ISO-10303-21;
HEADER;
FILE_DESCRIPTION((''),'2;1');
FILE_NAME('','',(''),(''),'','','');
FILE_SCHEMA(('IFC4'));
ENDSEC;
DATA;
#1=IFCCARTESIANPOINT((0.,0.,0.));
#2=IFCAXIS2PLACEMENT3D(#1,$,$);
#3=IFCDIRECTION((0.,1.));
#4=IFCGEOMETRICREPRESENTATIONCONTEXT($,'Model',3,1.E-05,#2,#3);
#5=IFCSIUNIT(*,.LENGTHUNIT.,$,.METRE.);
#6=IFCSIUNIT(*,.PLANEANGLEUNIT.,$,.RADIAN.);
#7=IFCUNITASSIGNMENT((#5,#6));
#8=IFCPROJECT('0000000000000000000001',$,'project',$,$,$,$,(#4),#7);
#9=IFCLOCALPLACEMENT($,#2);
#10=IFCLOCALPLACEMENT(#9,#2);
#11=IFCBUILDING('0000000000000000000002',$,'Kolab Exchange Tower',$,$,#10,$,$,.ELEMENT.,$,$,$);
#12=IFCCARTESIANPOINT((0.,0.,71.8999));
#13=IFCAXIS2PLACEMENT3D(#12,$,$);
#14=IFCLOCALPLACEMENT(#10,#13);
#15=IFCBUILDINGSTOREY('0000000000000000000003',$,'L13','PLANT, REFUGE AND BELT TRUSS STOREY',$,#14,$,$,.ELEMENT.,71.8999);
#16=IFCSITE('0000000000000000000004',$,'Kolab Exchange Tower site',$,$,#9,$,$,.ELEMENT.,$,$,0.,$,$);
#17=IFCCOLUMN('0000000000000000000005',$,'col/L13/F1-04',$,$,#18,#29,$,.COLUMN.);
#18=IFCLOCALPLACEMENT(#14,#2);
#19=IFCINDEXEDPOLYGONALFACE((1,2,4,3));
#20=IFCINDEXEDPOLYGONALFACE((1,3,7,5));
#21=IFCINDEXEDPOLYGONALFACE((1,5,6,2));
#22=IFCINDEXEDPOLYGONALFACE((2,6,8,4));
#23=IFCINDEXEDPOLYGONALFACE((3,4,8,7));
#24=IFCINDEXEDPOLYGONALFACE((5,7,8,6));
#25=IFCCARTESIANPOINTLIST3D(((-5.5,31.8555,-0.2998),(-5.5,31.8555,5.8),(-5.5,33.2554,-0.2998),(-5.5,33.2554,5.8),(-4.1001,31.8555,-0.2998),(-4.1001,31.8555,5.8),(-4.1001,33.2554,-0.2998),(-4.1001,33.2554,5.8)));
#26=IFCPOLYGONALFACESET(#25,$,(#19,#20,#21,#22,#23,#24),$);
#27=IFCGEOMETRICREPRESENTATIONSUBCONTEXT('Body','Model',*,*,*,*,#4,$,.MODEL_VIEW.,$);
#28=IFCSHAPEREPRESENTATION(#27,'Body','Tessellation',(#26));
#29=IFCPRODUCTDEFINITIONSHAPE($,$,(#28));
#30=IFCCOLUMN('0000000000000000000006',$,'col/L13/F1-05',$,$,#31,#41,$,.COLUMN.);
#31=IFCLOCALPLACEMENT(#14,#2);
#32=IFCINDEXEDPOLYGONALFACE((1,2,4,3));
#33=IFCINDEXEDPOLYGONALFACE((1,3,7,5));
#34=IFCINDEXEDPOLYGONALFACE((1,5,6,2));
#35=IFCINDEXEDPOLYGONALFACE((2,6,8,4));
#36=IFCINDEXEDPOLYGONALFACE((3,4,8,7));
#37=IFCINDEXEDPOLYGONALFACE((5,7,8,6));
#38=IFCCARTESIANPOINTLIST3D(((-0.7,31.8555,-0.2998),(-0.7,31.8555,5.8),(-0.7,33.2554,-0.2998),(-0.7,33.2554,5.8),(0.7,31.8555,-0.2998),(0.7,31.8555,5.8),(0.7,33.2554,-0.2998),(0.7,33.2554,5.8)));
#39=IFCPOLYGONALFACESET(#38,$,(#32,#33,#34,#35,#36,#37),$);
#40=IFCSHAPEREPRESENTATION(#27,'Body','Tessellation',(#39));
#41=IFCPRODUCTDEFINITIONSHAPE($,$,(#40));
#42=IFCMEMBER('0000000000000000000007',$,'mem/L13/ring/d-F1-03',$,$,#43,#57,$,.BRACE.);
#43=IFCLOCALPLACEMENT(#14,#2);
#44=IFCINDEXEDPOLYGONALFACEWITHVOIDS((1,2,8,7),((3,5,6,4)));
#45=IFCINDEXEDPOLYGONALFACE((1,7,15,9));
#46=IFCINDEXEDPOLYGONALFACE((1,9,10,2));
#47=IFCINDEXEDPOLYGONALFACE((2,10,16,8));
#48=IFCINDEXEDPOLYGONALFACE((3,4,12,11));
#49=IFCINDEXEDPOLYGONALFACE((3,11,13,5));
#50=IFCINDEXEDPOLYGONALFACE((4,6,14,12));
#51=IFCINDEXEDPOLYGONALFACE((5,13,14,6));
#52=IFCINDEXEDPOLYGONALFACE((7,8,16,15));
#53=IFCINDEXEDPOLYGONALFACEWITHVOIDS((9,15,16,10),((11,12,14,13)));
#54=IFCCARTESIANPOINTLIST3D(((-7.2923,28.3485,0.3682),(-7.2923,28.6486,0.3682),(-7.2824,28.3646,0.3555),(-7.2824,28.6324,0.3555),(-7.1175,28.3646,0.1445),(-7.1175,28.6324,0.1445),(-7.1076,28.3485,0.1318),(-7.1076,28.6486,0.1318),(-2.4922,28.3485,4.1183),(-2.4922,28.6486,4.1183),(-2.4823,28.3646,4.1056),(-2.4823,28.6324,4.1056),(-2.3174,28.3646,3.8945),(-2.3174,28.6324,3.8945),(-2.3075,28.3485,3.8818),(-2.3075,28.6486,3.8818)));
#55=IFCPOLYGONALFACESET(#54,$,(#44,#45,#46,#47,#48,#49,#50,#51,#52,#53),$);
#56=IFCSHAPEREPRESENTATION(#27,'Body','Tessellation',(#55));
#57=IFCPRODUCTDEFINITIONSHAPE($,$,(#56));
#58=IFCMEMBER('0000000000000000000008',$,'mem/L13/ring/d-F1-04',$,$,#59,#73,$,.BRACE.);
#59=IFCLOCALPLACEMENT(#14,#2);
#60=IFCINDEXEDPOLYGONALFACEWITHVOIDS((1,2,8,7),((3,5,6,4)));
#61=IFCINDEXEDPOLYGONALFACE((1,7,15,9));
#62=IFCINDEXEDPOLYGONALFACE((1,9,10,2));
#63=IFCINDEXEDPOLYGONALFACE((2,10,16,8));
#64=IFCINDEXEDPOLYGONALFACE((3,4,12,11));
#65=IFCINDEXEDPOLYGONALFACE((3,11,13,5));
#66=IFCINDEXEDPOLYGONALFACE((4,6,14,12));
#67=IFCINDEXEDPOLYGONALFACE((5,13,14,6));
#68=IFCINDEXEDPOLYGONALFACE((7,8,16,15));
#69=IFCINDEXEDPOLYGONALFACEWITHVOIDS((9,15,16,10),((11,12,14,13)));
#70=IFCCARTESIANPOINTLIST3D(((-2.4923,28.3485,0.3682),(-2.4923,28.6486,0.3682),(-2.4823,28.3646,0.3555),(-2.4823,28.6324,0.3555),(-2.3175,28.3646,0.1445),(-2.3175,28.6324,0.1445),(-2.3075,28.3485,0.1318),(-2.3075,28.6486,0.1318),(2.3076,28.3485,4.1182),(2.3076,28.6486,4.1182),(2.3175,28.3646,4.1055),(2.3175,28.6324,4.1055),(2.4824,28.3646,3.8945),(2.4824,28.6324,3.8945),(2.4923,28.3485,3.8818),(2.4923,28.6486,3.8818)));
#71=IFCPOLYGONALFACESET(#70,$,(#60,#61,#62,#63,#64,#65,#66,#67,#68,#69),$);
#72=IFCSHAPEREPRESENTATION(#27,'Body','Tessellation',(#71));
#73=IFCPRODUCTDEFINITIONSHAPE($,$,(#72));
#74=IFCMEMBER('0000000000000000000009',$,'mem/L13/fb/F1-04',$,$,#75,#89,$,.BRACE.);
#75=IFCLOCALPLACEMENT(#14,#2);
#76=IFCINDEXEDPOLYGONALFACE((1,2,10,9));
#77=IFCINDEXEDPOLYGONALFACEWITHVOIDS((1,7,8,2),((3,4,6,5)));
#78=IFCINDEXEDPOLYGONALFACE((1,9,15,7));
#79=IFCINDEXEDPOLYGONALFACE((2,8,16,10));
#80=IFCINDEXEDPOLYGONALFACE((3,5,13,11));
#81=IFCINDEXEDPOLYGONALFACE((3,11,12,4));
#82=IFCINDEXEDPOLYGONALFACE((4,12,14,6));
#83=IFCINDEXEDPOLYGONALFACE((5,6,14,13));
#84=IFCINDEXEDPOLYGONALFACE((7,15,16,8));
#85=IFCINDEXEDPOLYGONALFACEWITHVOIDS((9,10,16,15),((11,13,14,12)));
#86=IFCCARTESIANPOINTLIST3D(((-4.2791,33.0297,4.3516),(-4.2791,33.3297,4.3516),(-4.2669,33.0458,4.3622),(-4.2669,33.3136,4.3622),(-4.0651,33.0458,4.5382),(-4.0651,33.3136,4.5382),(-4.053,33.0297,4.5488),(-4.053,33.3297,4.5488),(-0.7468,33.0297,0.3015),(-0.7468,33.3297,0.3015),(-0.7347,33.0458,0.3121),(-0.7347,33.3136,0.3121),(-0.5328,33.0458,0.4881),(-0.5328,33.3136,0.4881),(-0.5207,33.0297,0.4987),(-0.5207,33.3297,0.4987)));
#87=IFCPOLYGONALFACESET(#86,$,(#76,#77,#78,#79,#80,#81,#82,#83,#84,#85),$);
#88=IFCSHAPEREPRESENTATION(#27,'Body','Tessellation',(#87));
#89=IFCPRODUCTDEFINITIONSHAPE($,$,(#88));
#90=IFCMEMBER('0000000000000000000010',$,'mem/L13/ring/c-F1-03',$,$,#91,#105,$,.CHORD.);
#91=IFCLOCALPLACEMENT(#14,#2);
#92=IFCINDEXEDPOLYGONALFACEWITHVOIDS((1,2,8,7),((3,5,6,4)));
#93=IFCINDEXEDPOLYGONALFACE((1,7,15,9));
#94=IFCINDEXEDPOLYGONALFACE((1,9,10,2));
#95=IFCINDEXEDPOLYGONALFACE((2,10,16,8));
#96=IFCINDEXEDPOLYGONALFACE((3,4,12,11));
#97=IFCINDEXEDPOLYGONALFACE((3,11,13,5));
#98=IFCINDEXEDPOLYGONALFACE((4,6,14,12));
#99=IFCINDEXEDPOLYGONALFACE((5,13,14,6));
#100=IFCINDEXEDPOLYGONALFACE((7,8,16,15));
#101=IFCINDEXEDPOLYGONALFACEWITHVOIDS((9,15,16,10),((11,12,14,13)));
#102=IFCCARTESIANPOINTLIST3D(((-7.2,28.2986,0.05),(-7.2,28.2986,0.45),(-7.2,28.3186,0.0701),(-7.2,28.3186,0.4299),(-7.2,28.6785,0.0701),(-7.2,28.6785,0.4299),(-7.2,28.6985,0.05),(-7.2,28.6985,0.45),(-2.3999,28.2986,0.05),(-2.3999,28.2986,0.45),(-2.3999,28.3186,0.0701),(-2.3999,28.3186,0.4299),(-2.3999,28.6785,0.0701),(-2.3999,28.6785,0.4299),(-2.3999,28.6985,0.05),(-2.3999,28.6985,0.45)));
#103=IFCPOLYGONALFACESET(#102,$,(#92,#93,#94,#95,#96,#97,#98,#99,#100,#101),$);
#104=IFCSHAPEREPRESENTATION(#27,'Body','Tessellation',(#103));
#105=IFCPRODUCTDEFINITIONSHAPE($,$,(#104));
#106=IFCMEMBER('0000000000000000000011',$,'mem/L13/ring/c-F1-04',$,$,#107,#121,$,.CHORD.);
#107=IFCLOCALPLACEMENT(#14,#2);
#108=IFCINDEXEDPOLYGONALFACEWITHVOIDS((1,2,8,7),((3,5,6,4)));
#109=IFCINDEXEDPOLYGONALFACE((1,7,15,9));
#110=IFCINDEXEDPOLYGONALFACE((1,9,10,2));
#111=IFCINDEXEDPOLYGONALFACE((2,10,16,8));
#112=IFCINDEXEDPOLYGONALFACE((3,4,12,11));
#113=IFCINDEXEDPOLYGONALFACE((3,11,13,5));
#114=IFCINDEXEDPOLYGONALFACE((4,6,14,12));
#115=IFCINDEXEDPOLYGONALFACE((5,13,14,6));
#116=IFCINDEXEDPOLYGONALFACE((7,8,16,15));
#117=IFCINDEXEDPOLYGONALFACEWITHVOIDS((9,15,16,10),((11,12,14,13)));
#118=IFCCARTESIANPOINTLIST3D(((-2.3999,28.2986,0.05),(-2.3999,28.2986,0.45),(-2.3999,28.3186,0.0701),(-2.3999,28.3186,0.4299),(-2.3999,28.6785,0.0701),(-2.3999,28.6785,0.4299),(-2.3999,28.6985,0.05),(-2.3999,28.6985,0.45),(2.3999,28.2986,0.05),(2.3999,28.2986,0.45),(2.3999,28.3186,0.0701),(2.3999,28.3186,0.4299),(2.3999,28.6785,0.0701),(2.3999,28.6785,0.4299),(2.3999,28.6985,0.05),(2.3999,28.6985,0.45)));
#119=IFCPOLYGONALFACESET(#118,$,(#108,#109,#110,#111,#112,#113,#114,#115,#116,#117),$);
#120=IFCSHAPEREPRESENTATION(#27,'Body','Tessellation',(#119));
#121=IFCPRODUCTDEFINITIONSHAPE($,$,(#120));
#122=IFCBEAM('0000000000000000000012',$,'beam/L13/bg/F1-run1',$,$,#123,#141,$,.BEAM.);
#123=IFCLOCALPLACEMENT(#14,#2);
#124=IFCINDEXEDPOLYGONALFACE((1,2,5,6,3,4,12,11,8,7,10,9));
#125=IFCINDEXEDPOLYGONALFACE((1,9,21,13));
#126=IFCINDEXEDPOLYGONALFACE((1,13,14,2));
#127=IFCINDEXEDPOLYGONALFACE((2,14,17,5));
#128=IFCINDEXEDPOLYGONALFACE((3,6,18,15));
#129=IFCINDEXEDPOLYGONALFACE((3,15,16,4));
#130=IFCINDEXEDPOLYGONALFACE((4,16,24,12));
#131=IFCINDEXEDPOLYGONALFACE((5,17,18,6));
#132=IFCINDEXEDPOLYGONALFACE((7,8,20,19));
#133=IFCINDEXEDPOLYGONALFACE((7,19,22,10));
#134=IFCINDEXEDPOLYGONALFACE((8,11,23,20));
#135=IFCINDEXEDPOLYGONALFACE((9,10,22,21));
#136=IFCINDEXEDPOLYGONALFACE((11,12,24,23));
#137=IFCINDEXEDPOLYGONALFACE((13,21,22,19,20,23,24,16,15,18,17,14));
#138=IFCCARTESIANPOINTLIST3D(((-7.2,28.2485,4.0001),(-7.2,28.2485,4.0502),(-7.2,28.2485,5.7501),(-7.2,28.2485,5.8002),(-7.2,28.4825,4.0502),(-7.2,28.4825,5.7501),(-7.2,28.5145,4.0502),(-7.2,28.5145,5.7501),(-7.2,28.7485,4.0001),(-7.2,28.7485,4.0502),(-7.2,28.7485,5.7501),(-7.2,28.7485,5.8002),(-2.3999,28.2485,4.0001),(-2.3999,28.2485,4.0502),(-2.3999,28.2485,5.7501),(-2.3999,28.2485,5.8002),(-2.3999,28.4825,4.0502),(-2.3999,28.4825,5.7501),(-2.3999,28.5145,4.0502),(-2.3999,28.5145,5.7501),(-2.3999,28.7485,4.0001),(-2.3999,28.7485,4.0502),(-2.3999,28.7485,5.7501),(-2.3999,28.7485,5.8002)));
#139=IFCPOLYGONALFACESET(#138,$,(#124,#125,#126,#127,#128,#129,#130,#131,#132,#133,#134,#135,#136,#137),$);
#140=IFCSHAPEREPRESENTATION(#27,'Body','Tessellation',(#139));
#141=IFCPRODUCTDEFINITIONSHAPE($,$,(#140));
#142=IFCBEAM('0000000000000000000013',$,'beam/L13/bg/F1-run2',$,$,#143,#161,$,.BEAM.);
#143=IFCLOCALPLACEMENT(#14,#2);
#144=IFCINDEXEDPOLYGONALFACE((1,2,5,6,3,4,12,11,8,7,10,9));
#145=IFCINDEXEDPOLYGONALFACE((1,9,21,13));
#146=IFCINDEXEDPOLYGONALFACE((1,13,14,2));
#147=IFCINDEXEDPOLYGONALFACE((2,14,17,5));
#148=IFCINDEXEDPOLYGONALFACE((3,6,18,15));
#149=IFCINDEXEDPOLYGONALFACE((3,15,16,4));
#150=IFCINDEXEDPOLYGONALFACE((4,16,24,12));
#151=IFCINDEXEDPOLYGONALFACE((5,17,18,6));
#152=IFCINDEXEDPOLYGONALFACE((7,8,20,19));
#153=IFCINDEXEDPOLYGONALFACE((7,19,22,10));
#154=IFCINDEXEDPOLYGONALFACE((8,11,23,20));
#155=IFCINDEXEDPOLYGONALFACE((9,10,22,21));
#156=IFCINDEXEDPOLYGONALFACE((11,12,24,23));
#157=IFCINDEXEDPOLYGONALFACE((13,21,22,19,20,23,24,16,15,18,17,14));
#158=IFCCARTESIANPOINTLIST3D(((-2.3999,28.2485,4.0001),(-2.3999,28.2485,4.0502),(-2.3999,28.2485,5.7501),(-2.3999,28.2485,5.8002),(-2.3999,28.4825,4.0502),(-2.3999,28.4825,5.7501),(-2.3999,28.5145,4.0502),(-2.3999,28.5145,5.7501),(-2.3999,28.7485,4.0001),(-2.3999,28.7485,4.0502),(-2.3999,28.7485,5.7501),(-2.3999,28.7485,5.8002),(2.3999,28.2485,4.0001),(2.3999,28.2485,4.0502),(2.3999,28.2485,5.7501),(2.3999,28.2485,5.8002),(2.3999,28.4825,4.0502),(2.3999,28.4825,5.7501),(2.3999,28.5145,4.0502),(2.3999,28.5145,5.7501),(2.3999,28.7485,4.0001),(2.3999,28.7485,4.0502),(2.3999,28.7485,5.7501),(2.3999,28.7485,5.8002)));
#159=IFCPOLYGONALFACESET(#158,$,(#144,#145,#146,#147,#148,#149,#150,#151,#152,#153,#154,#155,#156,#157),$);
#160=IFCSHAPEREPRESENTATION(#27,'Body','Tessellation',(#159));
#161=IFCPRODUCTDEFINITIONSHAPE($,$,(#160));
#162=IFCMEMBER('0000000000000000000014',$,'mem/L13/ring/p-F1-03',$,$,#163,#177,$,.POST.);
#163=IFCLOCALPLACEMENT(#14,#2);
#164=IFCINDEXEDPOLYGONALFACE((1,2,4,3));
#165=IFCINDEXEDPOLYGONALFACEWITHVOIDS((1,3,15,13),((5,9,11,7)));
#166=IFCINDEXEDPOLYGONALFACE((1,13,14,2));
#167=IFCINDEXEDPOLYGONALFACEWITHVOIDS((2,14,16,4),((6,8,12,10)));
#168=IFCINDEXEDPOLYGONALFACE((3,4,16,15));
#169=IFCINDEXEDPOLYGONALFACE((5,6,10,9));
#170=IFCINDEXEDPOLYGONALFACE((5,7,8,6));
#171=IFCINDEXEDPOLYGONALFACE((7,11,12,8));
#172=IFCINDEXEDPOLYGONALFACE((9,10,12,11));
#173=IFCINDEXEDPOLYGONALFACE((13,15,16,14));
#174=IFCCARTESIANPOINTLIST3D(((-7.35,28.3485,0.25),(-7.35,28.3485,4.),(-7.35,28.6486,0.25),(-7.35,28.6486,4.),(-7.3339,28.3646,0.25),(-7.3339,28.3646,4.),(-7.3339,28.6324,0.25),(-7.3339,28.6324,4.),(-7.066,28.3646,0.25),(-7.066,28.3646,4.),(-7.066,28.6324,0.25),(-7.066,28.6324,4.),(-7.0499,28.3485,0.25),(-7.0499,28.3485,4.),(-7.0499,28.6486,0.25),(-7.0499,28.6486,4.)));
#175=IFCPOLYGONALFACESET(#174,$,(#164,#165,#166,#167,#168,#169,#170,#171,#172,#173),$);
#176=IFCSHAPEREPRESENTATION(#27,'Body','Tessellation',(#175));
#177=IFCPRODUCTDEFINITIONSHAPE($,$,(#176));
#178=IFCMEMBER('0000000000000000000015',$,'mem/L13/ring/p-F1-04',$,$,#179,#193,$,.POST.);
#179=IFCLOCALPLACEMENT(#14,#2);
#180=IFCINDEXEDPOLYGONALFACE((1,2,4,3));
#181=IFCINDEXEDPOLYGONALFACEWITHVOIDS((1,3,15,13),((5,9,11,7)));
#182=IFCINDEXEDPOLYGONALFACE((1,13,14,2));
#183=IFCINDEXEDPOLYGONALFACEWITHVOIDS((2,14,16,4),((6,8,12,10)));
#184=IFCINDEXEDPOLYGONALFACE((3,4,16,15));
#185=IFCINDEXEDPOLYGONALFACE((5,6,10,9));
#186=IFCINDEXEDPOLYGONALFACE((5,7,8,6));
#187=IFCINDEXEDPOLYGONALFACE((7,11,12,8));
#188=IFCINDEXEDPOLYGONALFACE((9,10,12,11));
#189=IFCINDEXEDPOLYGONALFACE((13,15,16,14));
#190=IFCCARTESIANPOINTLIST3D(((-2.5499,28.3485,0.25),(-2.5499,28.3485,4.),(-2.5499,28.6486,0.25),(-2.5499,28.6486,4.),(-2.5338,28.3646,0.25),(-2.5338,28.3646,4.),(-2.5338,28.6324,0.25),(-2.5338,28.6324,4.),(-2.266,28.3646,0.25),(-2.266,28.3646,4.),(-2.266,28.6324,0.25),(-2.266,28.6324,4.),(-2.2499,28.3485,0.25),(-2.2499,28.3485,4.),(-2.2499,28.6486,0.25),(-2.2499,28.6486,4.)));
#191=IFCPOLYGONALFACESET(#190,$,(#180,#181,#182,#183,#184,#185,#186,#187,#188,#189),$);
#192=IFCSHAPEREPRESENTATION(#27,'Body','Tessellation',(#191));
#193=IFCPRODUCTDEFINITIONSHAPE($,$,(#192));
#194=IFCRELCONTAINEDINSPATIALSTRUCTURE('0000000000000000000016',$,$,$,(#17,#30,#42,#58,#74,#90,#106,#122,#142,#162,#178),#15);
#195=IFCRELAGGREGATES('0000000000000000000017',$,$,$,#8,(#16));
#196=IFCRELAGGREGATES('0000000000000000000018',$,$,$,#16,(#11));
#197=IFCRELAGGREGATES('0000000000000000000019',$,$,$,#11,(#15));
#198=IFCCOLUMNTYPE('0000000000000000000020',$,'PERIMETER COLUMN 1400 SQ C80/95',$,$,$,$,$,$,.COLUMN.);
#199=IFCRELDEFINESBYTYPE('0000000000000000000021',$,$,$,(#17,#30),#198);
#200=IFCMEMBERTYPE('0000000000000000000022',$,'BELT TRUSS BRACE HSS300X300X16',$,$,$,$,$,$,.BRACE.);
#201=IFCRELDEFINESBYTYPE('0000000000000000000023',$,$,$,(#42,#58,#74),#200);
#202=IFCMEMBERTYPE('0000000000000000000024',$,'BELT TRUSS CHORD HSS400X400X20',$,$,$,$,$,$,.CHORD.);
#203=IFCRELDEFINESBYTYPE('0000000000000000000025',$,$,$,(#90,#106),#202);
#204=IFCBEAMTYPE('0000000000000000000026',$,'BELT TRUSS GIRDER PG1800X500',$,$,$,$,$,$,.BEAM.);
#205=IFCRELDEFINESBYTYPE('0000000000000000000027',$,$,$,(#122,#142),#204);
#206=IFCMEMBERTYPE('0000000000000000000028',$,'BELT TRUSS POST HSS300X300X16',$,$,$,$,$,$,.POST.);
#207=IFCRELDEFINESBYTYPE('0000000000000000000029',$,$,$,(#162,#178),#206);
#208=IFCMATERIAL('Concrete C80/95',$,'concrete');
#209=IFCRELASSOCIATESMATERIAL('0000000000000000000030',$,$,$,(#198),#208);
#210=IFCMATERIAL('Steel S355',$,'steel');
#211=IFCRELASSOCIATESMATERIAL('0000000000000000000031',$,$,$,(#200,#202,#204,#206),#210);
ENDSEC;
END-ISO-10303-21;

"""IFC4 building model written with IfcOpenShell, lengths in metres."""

from ifc_helpers import new_model, si_unit, direction, frame, origin, origin_2d, place, context, subcontext, project, spatial, rectangle, hollow_rectangle, i_section, extrude, material, material_profile, profile_set, type_object, element, save


model = new_model("IFC4")

# Units and contexts
model_context = context("Model", 3, precision=1e-05, world=origin(), true_north=direction((0.0, 1.0)))
body_context = subcontext(model_context, "Body", "Model", "MODEL_VIEW")
ifc_project = project(units=[si_unit("LENGTHUNIT", "METRE"), si_unit("PLANEANGLEUNIT", "RADIAN")], contexts=[model_context])

# Site, building, storey
site_placement = place(None, origin())
site = spatial("IfcSite", under=ifc_project, at=site_placement, Name="Kolab Exchange Tower site", CompositionType="ELEMENT", RefElevation=0.0)
building_placement = place(site_placement, origin())
building = spatial("IfcBuilding", under=site, at=building_placement, Name="Kolab Exchange Tower", CompositionType="ELEMENT")
storey_placement = place(building_placement, frame((0.0, 0.0, 71.8999)))
storey = spatial("IfcBuildingStorey", under=building, at=storey_placement, Name="L13", Description="PLANT, REFUGE AND BELT TRUSS STOREY", CompositionType="ELEMENT", Elevation=71.8999)

# Columns
ifc_material_1 = material(Name="Concrete C80/95", Category="concrete")
ifc_material_profile_1 = material_profile(ifc_material_1, rectangle(XDim=1.3999, YDim=1.3999, at=origin_2d()), Name="RC1400")
ifc_profile_set_1 = profile_set([ifc_material_profile_1], Name="Concrete C80/95")
column_type = type_object("IfcColumnType", Name="PERIMETER COLUMN 1400 SQ C80/95", PredefinedType="COLUMN", material=ifc_profile_set_1)
for number, where, z_axis, x_axis, name in (
    (1, (-4.8, 32.5554, -0.2998), (0.0, 0.0, 1.0), (1.0, 0.0, 0.0), "col/L13/F1-04"),
    (2, (0.0, 32.5554, -0.2998), (0.0, 0.0, 1.0), (1.0, 0.0, 0.0), "col/L13/F1-05"),
):
    element("IfcColumn", number, at=place(storey_placement, frame(where, z_axis=z_axis, x_axis=x_axis)), inside=storey, type_object=column_type, Name=name, PredefinedType="COLUMN", context=body_context, shape_type="SweptSolid", body=[
        extrude(rectangle(XDim=1.3999, YDim=1.3999, at=origin_2d()), origin(), (0.0, 0.0, 1.0), 6.0999),
    ])

# Members
ifc_material_2 = material(Name="Steel S355", Category="steel")
ifc_material_profile_2 = material_profile(ifc_material_2, hollow_rectangle(XDim=0.3, YDim=0.3, WallThickness=0.0161, at=origin_2d()), Name="HSS300X300X16")
ifc_profile_set_2 = profile_set([ifc_material_profile_2], Name="Steel S355")
member_type_1 = type_object("IfcMemberType", Name="BELT TRUSS BRACE HSS300X300X16", PredefinedType="BRACE", material=ifc_profile_set_2)
member_1_placement = place(storey_placement, frame((-7.2, 28.4985, 0.25), z_axis=(0.788027, 0.0, 0.61564), x_axis=(0.0, 1.0, 0.0)))
element("IfcMember", 3, at=member_1_placement, inside=storey, type_object=member_type_1, Name="mem/L13/ring/d-F1-03", PredefinedType="BRACE", context=body_context, shape_type="SweptSolid", body=[
    extrude(hollow_rectangle(XDim=0.3, YDim=0.3, WallThickness=0.0161, at=origin_2d()), origin(), (0.0, 0.0, 1.0), 6.0913),
])
member_2_placement = place(storey_placement, frame((-2.3999, 28.4985, 0.25), z_axis=(0.788012, 0.0, 0.61566), x_axis=(0.0, 1.0, 0.0)))
element("IfcMember", 4, at=member_2_placement, inside=storey, type_object=member_type_1, Name="mem/L13/ring/d-F1-04", PredefinedType="BRACE", context=body_context, shape_type="SweptSolid", body=[
    extrude(hollow_rectangle(XDim=0.3, YDim=0.3, WallThickness=0.0161, at=origin_2d()), origin(), (0.0, 0.0, 1.0), 6.0911),
])
member_3_placement = place(storey_placement, frame((-4.166, 33.1797, 4.4502), z_axis=(0.657285, 0.0, -0.753642), x_axis=(0.0, 1.0, 0.0)))
element("IfcMember", 5, at=member_3_placement, inside=storey, type_object=member_type_1, Name="mem/L13/fb/F1-04", PredefinedType="BRACE", context=body_context, shape_type="SweptSolid", body=[
    extrude(hollow_rectangle(XDim=0.3, YDim=0.3, WallThickness=0.0161, at=origin_2d()), origin(), (0.0, 0.0, 1.0), 5.374),
])
ifc_material_profile_3 = material_profile(ifc_material_2, hollow_rectangle(XDim=0.3999, YDim=0.3999, WallThickness=0.02, at=origin_2d()), Name="HSS400X400X20")
ifc_profile_set_3 = profile_set([ifc_material_profile_3], Name="Steel S355")
member_type_2 = type_object("IfcMemberType", Name="BELT TRUSS CHORD HSS400X400X20", PredefinedType="CHORD", material=ifc_profile_set_3)
member_4_placement = place(storey_placement, frame((-7.2, 28.4985, 0.25), z_axis=(1.0, 0.0, 0.0), x_axis=(0.0, 1.0, 0.0)))
element("IfcMember", 6, at=member_4_placement, inside=storey, type_object=member_type_2, Name="mem/L13/ring/c-F1-03", PredefinedType="CHORD", context=body_context, shape_type="SweptSolid", body=[
    extrude(hollow_rectangle(XDim=0.3999, YDim=0.3999, WallThickness=0.02, at=origin_2d()), origin(), (0.0, 0.0, 1.0), 4.8),
])
member_5_placement = place(storey_placement, frame((-2.3999, 28.4985, 0.25), z_axis=(1.0, 0.0, 0.0), x_axis=(0.0, 1.0, 0.0)))
element("IfcMember", 7, at=member_5_placement, inside=storey, type_object=member_type_2, Name="mem/L13/ring/c-F1-04", PredefinedType="CHORD", context=body_context, shape_type="SweptSolid", body=[
    extrude(hollow_rectangle(XDim=0.3999, YDim=0.3999, WallThickness=0.02, at=origin_2d()), origin(), (0.0, 0.0, 1.0), 4.7998),
])

# Beams
ifc_material_profile_4 = material_profile(ifc_material_2, i_section(OverallWidth=0.5, OverallDepth=1.8, WebThickness=0.032, FlangeThickness=0.05, at=origin_2d()), Name="PG1800X500")
ifc_profile_set_4 = profile_set([ifc_material_profile_4], Name="Steel S355")
beam_type_1 = type_object("IfcBeamType", Name="BELT TRUSS GIRDER PG1800X500", PredefinedType="BEAM", material=ifc_profile_set_4)
beam_1_placement = place(storey_placement, frame((-7.2, 28.4985, 4.9001), z_axis=(1.0, 0.0, 0.0), x_axis=(0.0, 1.0, 0.0)))
element("IfcBeam", 8, at=beam_1_placement, inside=storey, type_object=beam_type_1, Name="beam/L13/bg/F1-run1", PredefinedType="BEAM", context=body_context, shape_type="SweptSolid", body=[
    extrude(i_section(OverallWidth=0.5, OverallDepth=1.8, WebThickness=0.032, FlangeThickness=0.05, at=origin_2d()), origin(), (0.0, 0.0, 1.0), 4.8),
])
beam_2_placement = place(storey_placement, frame((-2.3999, 28.4985, 4.9001), z_axis=(1.0, 0.0, 0.0), x_axis=(0.0, 1.0, 0.0)))
element("IfcBeam", 9, at=beam_2_placement, inside=storey, type_object=beam_type_1, Name="beam/L13/bg/F1-run2", PredefinedType="BEAM", context=body_context, shape_type="SweptSolid", body=[
    extrude(i_section(OverallWidth=0.5, OverallDepth=1.8, WebThickness=0.032, FlangeThickness=0.05, at=origin_2d()), origin(), (0.0, 0.0, 1.0), 4.7998),
])

# Members
ifc_material_profile_5 = material_profile(ifc_material_2, hollow_rectangle(XDim=0.3, YDim=0.3, WallThickness=0.0161, at=origin_2d()), Name="HSS300X300X16")
ifc_profile_set_5 = profile_set([ifc_material_profile_5], Name="Steel S355")
member_type_3 = type_object("IfcMemberType", Name="BELT TRUSS POST HSS300X300X16", PredefinedType="POST", material=ifc_profile_set_5)
for number, where, z_axis, x_axis, name in (
    (10, (-7.2, 28.4985, 0.25), (0.0, 0.0, 1.0), (1.0, 0.0, 0.0), "mem/L13/ring/p-F1-03"),
    (11, (-2.3999, 28.4985, 0.25), (0.0, 0.0, 1.0), (1.0, 0.0, 0.0), "mem/L13/ring/p-F1-04"),
):
    element("IfcMember", number, at=place(storey_placement, frame(where, z_axis=z_axis, x_axis=x_axis)), inside=storey, type_object=member_type_3, Name=name, PredefinedType="POST", context=body_context, shape_type="SweptSolid", body=[
        extrude(hollow_rectangle(XDim=0.3, YDim=0.3, WallThickness=0.0161, at=origin_2d()), origin(), (0.0, 0.0, 1.0), 3.75),
    ])

save(model, "model.ifc")
